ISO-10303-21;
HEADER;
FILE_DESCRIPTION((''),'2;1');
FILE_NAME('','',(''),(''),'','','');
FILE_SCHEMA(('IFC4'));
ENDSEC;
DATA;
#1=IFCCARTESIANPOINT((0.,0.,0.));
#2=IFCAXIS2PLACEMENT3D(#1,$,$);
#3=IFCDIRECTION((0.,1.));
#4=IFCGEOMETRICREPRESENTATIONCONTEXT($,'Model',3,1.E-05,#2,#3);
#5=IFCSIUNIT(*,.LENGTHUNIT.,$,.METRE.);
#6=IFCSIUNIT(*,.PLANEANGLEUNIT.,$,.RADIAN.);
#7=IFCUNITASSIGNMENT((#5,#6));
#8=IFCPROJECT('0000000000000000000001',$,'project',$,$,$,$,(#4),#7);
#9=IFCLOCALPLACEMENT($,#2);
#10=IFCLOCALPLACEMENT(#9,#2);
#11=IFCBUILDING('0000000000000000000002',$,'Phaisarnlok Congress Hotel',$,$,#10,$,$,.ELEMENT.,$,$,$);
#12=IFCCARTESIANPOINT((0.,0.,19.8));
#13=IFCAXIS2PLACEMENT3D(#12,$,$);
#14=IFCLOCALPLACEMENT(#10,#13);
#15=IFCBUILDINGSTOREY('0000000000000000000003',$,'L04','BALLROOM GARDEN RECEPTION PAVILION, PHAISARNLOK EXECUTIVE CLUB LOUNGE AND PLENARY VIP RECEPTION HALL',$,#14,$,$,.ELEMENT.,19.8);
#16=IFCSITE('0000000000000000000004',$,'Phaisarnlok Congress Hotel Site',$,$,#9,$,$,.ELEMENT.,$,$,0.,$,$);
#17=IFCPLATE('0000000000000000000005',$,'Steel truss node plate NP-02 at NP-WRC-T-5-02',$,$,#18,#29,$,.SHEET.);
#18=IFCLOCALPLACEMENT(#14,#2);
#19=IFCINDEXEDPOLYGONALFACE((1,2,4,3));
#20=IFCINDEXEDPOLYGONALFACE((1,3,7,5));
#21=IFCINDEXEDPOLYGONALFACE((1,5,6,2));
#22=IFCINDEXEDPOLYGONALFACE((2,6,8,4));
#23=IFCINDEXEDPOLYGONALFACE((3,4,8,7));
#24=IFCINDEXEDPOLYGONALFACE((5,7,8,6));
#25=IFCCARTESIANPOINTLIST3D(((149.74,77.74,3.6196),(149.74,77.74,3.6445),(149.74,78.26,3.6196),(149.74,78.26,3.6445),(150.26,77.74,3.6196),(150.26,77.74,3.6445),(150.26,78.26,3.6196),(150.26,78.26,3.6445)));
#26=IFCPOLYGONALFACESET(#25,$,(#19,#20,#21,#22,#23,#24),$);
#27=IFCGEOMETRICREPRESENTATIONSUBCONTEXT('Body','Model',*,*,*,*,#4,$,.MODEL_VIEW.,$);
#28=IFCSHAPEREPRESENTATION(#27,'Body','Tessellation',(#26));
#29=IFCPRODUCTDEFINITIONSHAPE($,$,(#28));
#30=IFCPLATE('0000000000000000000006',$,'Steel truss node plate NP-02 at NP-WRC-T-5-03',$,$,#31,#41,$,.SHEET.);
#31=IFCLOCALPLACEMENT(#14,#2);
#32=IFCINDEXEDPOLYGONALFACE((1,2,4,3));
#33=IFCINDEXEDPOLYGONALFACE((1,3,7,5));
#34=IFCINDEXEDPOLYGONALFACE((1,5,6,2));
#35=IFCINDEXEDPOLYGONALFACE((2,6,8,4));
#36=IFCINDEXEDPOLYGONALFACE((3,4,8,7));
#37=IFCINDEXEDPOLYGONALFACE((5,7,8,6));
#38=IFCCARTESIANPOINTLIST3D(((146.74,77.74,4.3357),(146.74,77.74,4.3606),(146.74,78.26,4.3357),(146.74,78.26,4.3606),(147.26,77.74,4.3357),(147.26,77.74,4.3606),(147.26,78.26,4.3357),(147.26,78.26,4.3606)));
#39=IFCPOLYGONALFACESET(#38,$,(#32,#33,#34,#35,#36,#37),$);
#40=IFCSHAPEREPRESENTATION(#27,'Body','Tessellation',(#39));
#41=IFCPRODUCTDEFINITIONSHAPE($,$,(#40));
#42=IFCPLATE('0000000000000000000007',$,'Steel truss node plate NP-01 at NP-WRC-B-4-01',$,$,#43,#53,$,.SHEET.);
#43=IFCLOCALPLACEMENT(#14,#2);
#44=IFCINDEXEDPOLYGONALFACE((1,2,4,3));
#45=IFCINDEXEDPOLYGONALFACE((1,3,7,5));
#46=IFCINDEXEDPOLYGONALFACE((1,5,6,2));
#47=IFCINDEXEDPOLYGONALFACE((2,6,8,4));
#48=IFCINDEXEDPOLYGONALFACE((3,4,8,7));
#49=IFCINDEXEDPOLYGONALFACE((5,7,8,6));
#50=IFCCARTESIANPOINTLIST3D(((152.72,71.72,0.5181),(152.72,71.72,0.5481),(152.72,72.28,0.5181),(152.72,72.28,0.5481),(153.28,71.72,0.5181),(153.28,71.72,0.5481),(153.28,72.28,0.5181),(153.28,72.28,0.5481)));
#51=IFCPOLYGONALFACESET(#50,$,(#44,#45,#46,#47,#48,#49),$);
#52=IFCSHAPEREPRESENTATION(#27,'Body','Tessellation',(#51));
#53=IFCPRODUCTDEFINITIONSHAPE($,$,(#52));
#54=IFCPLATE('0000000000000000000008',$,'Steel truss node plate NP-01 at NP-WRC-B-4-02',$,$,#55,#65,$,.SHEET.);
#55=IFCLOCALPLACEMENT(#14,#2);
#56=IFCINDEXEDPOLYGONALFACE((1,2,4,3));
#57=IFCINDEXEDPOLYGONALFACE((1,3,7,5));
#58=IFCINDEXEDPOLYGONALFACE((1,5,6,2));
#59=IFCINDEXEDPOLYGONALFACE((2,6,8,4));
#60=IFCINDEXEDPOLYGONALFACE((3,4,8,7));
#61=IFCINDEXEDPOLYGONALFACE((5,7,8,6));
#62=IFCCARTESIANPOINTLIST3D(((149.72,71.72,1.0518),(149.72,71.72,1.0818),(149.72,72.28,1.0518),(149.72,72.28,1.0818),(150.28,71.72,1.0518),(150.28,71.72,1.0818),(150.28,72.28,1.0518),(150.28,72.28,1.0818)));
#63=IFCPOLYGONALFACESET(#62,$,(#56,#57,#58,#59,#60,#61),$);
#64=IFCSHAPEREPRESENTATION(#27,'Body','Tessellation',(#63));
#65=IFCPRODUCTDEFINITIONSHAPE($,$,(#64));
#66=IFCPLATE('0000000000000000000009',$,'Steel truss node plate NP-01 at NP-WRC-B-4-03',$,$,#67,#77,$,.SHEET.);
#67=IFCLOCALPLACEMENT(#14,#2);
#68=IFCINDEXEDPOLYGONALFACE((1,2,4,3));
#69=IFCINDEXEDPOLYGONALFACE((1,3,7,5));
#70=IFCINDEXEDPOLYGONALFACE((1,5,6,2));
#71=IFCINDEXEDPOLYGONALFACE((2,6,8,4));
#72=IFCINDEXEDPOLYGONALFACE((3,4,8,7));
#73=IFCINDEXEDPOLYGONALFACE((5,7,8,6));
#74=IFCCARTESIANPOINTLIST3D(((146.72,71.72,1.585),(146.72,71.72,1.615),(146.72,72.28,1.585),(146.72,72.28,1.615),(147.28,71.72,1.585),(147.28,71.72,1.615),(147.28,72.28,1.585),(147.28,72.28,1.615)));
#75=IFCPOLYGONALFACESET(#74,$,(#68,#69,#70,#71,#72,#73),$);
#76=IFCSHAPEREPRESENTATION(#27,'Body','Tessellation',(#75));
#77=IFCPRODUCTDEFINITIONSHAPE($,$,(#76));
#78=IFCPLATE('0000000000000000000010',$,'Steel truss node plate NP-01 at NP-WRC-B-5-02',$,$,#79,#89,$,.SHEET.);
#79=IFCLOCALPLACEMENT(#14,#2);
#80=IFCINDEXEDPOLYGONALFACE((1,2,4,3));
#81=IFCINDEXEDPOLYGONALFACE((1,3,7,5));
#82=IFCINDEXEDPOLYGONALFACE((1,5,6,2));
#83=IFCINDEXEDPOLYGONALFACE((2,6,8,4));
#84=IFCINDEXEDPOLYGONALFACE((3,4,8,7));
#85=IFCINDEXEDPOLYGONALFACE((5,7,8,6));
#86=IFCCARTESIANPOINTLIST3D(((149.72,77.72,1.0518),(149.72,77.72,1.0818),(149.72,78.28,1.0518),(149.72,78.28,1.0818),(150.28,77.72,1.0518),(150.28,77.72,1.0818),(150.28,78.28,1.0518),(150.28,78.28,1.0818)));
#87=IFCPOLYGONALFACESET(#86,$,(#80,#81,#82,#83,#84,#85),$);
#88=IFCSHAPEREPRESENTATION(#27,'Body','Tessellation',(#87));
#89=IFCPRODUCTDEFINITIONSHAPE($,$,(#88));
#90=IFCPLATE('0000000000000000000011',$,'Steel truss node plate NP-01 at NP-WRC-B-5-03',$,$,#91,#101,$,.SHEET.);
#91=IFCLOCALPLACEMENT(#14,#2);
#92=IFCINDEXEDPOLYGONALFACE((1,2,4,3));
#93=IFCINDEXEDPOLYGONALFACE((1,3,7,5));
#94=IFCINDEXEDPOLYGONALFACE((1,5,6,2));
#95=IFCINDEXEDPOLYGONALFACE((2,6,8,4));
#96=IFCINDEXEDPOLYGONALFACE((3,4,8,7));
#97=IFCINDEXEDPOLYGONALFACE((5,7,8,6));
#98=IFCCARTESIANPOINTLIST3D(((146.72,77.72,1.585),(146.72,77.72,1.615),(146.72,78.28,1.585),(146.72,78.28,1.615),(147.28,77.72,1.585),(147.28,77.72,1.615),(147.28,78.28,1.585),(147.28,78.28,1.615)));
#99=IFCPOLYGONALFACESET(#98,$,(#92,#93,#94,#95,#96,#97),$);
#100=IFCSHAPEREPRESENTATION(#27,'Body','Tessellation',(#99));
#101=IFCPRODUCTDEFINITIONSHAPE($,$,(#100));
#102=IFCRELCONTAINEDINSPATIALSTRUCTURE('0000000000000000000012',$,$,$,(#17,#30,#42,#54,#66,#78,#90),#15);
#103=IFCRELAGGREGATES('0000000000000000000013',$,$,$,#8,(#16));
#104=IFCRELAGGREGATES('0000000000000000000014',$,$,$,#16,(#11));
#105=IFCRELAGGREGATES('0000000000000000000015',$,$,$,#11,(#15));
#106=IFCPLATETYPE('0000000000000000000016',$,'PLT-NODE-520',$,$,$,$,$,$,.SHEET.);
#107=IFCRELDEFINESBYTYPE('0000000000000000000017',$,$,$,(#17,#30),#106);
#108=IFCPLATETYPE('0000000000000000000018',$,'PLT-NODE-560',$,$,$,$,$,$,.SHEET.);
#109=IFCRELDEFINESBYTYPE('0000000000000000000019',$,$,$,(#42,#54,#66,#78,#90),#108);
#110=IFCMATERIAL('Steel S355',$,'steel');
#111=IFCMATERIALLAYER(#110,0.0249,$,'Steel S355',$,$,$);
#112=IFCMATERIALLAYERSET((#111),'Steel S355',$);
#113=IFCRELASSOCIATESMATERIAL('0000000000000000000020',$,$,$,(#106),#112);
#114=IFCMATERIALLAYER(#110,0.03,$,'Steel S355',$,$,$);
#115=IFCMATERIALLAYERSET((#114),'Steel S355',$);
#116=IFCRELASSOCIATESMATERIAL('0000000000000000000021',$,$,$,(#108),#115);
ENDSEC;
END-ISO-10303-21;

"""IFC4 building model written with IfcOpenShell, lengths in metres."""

from ifc_helpers import new_model, si_unit, direction, frame, origin, origin_2d, place, context, subcontext, project, spatial, rectangle, extrude, material, layer, layer_set, type_object, element, save


model = new_model("IFC4")

# Units and contexts
model_context = context("Model", 3, precision=1e-05, world=origin(), true_north=direction((0.0, 1.0)))
body_context = subcontext(model_context, "Body", "Model", "MODEL_VIEW")
ifc_project = project(units=[si_unit("LENGTHUNIT", "METRE"), si_unit("PLANEANGLEUNIT", "RADIAN")], contexts=[model_context])

# Site, building, storey
site_placement = place(None, origin())
site = spatial("IfcSite", under=ifc_project, at=site_placement, Name="Phaisarnlok Congress Hotel Site", CompositionType="ELEMENT", RefElevation=0.0)
building_placement = place(site_placement, origin())
building = spatial("IfcBuilding", under=site, at=building_placement, Name="Phaisarnlok Congress Hotel", CompositionType="ELEMENT")
storey_placement = place(building_placement, frame((0.0, 0.0, 19.8)))
storey = spatial("IfcBuildingStorey", under=building, at=storey_placement, Name="L04", Description="BALLROOM GARDEN RECEPTION PAVILION, PHAISARNLOK EXECUTIVE CLUB LOUNGE AND PLENARY VIP RECEPTION HALL", CompositionType="ELEMENT", Elevation=19.8)

# Shared definitions
ifc_material = material(Name="Steel S355", Category="steel")

# Plates
ifc_layer_1 = layer(ifc_material, 0.0249, Name="Steel S355")
ifc_layer_set_1 = layer_set([ifc_layer_1], Name="Steel S355")
plate_type_1 = type_object("IfcPlateType", Name="PLT-NODE-520", PredefinedType="SHEET", material=ifc_layer_set_1)
for number, where, z_axis, x_axis, name in (
    (1, (150.0, 78.0, 3.6196), (0.0, 0.0, 1.0), (1.0, 0.0, 0.0), "Steel truss node plate NP-02 at NP-WRC-T-5-02"),
    (2, (147.0, 78.0, 4.3357), (0.0, 0.0, 1.0), (1.0, 0.0, 0.0), "Steel truss node plate NP-02 at NP-WRC-T-5-03"),
):
    element("IfcPlate", number, at=place(storey_placement, frame(where, z_axis=z_axis, x_axis=x_axis)), inside=storey, type_object=plate_type_1, Name=name, PredefinedType="SHEET", context=body_context, shape_type="SweptSolid", body=[
        extrude(rectangle(XDim=0.52, YDim=0.52, at=origin_2d()), origin(), (0.0, 0.0, 1.0), 0.0249),
    ])
ifc_layer_2 = layer(ifc_material, 0.03, Name="Steel S355")
ifc_layer_set_2 = layer_set([ifc_layer_2], Name="Steel S355")
plate_type_2 = type_object("IfcPlateType", Name="PLT-NODE-560", PredefinedType="SHEET", material=ifc_layer_set_2)
for number, where, z_axis, x_axis, name in (
    (3, (153.0, 72.0, 0.5181), (0.0, 0.0, 1.0), (1.0, 0.0, 0.0), "Steel truss node plate NP-01 at NP-WRC-B-4-01"),
    (4, (150.0, 72.0, 1.0518), (0.0, 0.0, 1.0), (1.0, 0.0, 0.0), "Steel truss node plate NP-01 at NP-WRC-B-4-02"),
    (5, (147.0, 72.0, 1.585), (0.0, 0.0, 1.0), (1.0, 0.0, 0.0), "Steel truss node plate NP-01 at NP-WRC-B-4-03"),
    (6, (150.0, 78.0, 1.0518), (0.0, 0.0, 1.0), (1.0, 0.0, 0.0), "Steel truss node plate NP-01 at NP-WRC-B-5-02"),
    (7, (147.0, 78.0, 1.585), (0.0, 0.0, 1.0), (1.0, 0.0, 0.0), "Steel truss node plate NP-01 at NP-WRC-B-5-03"),
):
    element("IfcPlate", number, at=place(storey_placement, frame(where, z_axis=z_axis, x_axis=x_axis)), inside=storey, type_object=plate_type_2, Name=name, PredefinedType="SHEET", context=body_context, shape_type="SweptSolid", body=[
        extrude(rectangle(XDim=0.5601, YDim=0.5601, at=origin_2d()), origin(), (0.0, 0.0, 1.0), 0.03),
    ])

save(model, "model.ifc")
